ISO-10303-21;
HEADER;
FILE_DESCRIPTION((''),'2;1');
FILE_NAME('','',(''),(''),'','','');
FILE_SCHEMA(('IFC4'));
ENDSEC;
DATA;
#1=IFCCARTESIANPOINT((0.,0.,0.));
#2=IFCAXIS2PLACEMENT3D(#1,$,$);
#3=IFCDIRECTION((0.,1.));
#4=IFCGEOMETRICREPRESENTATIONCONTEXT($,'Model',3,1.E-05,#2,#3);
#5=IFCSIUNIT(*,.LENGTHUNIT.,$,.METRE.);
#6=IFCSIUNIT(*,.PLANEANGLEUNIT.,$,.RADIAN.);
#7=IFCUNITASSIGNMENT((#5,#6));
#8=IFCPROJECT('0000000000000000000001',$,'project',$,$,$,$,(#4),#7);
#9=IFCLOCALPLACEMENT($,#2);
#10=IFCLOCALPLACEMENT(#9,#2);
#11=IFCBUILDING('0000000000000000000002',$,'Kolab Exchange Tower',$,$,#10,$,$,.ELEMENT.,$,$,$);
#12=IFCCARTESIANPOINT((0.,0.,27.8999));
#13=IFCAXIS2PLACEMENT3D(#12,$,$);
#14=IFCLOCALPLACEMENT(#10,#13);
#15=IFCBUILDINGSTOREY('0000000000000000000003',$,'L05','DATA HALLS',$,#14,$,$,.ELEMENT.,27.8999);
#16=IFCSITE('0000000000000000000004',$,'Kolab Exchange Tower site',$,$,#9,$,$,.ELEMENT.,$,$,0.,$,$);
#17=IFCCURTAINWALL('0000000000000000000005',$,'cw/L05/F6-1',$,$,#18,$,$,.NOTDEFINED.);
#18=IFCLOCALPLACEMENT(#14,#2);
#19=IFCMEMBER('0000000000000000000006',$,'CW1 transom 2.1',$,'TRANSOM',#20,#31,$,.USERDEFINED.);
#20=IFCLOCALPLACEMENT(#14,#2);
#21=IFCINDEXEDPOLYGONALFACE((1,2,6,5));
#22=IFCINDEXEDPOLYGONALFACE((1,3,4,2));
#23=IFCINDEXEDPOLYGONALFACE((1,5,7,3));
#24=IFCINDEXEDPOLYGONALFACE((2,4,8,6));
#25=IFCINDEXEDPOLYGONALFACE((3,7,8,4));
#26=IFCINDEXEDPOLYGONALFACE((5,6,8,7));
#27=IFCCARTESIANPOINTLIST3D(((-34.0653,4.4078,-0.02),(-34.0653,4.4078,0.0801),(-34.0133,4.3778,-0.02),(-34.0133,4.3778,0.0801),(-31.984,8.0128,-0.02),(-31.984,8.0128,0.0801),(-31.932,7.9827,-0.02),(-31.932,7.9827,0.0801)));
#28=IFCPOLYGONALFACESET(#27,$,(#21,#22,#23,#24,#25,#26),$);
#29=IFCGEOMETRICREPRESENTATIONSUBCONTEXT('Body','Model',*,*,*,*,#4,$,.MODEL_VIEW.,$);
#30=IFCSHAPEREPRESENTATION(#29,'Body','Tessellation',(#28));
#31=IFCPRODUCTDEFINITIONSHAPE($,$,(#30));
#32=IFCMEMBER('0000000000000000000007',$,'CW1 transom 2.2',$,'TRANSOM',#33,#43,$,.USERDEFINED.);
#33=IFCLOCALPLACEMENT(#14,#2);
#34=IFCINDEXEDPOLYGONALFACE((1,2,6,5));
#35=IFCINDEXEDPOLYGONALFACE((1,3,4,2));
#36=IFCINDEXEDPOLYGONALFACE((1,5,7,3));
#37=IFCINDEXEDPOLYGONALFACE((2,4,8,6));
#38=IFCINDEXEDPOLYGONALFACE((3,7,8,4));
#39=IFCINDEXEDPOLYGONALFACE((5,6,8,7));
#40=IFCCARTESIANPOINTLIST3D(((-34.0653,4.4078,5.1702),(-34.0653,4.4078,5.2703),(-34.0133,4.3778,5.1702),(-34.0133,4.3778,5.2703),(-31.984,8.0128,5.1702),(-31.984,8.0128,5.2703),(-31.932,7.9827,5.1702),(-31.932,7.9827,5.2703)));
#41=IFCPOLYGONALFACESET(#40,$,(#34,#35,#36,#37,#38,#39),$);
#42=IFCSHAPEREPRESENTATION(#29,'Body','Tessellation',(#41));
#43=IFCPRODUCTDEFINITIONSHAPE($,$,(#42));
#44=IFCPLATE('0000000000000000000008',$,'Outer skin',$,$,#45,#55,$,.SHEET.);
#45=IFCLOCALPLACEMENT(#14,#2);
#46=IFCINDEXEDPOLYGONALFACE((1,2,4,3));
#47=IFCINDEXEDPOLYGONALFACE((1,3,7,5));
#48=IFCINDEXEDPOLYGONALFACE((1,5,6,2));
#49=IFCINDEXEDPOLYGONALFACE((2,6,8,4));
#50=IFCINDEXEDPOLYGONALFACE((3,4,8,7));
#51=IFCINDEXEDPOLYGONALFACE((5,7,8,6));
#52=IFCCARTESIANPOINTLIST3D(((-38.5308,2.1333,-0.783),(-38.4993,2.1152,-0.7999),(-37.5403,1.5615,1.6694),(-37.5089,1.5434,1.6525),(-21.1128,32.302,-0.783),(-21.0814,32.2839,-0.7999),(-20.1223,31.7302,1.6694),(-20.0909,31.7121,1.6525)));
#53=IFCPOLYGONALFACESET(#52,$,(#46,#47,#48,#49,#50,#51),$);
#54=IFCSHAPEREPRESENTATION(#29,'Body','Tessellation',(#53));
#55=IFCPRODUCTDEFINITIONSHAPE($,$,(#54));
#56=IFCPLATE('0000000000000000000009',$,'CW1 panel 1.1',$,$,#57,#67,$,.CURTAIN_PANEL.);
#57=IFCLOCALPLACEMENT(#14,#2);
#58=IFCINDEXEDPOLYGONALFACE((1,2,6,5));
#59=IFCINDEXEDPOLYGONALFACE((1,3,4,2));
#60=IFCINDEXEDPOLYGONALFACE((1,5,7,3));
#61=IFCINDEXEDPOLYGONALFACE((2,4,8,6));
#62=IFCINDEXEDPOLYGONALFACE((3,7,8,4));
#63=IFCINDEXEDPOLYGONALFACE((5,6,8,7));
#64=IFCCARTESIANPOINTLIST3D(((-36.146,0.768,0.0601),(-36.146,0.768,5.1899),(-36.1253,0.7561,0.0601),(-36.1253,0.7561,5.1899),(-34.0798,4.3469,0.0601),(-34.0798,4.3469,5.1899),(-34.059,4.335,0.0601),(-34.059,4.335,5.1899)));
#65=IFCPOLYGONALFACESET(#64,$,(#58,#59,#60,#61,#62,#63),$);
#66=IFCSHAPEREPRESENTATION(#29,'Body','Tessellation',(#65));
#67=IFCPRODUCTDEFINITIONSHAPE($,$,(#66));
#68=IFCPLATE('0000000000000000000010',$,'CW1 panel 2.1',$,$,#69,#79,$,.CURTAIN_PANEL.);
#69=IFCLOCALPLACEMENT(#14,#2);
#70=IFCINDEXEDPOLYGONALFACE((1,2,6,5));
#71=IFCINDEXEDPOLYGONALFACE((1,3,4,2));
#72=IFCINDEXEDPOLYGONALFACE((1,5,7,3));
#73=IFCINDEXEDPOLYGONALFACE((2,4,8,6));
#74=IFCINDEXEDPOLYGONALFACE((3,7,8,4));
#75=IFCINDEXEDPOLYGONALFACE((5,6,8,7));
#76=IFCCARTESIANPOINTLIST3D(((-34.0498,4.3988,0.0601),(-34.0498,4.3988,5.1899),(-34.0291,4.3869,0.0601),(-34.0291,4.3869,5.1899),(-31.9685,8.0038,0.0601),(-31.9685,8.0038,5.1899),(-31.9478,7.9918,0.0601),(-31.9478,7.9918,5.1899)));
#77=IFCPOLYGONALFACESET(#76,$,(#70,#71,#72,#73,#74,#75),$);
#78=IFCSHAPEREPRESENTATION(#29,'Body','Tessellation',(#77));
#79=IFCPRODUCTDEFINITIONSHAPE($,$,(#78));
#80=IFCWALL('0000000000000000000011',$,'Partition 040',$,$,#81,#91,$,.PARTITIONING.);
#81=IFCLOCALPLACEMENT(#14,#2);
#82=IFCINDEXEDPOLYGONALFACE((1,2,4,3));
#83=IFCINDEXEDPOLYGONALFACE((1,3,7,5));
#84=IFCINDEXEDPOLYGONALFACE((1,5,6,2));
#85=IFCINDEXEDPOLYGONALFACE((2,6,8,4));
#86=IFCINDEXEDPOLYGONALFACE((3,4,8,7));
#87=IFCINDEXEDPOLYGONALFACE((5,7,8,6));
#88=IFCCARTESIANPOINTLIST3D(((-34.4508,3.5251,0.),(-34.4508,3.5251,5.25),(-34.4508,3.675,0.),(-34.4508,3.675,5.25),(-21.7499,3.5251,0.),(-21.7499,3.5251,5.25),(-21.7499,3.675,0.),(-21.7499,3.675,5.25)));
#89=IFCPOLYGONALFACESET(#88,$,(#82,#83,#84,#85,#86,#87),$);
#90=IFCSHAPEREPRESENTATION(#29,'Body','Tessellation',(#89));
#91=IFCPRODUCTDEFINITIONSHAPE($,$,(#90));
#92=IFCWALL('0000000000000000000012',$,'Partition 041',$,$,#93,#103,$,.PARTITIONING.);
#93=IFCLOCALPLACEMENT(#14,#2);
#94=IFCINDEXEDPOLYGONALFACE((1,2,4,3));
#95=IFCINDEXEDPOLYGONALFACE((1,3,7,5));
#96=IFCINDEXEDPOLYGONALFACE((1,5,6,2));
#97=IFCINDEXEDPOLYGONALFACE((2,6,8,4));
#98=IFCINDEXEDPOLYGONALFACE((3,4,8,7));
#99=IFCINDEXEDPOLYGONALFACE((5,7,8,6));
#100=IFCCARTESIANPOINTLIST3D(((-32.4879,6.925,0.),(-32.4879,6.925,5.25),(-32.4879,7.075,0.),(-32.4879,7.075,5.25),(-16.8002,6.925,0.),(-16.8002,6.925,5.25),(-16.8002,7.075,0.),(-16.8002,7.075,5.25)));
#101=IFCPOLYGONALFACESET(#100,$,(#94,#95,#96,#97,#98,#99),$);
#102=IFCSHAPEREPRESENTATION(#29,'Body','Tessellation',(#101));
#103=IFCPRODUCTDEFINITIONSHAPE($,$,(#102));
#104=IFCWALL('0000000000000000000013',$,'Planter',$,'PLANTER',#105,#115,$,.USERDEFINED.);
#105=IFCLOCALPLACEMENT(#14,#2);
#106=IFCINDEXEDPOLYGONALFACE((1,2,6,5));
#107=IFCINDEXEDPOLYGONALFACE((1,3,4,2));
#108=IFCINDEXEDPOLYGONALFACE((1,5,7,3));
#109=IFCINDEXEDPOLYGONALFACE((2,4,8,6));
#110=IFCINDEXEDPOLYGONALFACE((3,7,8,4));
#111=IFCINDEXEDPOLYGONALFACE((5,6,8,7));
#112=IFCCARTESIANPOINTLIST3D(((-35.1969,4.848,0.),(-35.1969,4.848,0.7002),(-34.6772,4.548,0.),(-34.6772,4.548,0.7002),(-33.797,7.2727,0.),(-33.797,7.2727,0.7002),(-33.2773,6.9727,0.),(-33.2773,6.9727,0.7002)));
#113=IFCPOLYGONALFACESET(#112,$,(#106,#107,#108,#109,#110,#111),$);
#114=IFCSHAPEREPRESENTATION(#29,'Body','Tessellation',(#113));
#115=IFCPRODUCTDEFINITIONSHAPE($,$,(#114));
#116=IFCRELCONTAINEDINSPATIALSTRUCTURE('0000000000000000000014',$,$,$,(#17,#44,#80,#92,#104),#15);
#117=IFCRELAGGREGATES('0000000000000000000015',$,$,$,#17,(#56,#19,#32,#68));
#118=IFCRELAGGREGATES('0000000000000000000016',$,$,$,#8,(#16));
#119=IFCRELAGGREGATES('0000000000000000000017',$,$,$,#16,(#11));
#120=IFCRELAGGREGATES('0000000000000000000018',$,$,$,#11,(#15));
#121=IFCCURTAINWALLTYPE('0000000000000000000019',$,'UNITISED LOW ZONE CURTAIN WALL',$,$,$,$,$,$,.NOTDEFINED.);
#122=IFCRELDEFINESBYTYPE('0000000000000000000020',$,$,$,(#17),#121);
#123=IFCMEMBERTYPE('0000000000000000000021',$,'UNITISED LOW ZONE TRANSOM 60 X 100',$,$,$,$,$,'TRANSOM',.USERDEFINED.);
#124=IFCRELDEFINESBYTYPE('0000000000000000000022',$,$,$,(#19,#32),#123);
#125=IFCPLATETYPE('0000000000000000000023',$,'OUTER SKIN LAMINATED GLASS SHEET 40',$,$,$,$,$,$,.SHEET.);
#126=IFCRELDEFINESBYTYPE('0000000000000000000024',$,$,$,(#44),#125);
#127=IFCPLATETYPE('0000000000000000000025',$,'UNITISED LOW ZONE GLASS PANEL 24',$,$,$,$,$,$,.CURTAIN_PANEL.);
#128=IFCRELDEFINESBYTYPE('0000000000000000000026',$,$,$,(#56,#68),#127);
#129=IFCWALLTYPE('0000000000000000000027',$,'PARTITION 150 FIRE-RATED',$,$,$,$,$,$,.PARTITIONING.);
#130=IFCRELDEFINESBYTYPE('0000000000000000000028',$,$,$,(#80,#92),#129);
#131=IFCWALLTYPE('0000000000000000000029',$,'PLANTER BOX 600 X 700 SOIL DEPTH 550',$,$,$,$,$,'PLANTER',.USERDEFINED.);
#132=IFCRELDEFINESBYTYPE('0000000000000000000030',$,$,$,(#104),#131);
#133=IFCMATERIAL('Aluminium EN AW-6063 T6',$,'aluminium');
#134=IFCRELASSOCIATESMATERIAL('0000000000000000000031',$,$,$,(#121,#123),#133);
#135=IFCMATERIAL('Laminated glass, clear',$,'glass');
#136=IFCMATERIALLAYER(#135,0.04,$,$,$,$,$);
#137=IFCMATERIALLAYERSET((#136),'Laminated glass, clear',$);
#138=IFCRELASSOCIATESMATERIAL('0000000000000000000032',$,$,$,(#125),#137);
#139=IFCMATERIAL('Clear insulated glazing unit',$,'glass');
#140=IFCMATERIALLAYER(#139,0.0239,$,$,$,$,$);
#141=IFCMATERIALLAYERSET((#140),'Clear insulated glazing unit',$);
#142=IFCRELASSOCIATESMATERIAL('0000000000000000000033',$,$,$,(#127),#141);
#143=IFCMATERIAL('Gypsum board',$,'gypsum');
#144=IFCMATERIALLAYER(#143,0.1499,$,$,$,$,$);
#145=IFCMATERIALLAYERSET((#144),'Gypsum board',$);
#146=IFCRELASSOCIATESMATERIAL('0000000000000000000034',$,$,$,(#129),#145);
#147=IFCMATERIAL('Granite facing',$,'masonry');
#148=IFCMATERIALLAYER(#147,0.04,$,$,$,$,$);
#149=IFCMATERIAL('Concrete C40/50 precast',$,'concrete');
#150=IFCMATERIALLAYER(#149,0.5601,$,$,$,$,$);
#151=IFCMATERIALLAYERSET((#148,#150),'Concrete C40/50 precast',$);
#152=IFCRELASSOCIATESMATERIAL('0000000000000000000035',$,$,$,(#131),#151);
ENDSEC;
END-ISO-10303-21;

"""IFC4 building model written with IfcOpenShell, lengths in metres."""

from ifc_helpers import new_model, si_unit, direction, frame, frame_2d, origin, origin_2d, place, context, subcontext, project, spatial, polyline, rectangle, outline, extrude, material, layer, layer_set, material_profile, profile_set, type_object, element, aggregate, save


model = new_model("IFC4")

# Units and contexts
model_context = context("Model", 3, precision=1e-05, world=origin(), true_north=direction((0.0, 1.0)))
body_context = subcontext(model_context, "Body", "Model", "MODEL_VIEW")
ifc_project = project(units=[si_unit("LENGTHUNIT", "METRE"), si_unit("PLANEANGLEUNIT", "RADIAN")], contexts=[model_context])

# Site, building, storey
site_placement = place(None, origin())
site = spatial("IfcSite", under=ifc_project, at=site_placement, Name="Kolab Exchange Tower site", CompositionType="ELEMENT", RefElevation=0.0)
building_placement = place(site_placement, origin())
building = spatial("IfcBuilding", under=site, at=building_placement, Name="Kolab Exchange Tower", CompositionType="ELEMENT")
storey_placement = place(building_placement, frame((0.0, 0.0, 27.8999)))
storey = spatial("IfcBuildingStorey", under=building, at=storey_placement, Name="L05", Description="DATA HALLS", CompositionType="ELEMENT", Elevation=27.8999)

# Curtain wall
ifc_material_1 = material(Name="Aluminium EN AW-6063 T6", Category="aluminium")
curtain_wall_type = type_object("IfcCurtainWallType", Name="UNITISED LOW ZONE CURTAIN WALL", PredefinedType="NOTDEFINED", material=ifc_material_1)
curtain_wall_1_placement = place(storey_placement, origin())
curtain_wall_1 = element("IfcCurtainWall", 1, at=curtain_wall_1_placement, inside=storey, type_object=curtain_wall_type, Name="cw/L05/F6-1", PredefinedType="NOTDEFINED")

# Members
ifc_material_profile_1 = material_profile(ifc_material_1, rectangle(XDim=0.0601, YDim=0.1001, at=origin_2d()), Name="RECT 60X100")
ifc_profile_set_1 = profile_set([ifc_material_profile_1], Name="Aluminium EN AW-6063 T6")
member_type_1 = type_object("IfcMemberType", Name="UNITISED LOW ZONE TRANSOM 60 X 100", ElementType="TRANSOM", PredefinedType="USERDEFINED", material=ifc_profile_set_1)
member_1_placement = place(storey_placement, frame((-34.0393, 4.3928, 0.03), z_axis=(0.499993, 0.866029, 0.0), x_axis=(-0.866029, 0.499993, 0.0)))
member_1 = element("IfcMember", 2, at=member_1_placement, type_object=member_type_1, Name="CW1 transom 2.1", ObjectType="TRANSOM", PredefinedType="USERDEFINED", context=body_context, shape_type="SweptSolid", body=[
    extrude(rectangle(XDim=0.0601, YDim=0.1001, at=origin_2d()), origin(), (0.0, 0.0, 1.0), 4.1626),
])
member_2_placement = place(storey_placement, frame((-34.0393, 4.3928, 5.2202), z_axis=(0.499993, 0.866029, 0.0), x_axis=(-0.866029, 0.499993, 0.0)))
member_2 = element("IfcMember", 3, at=member_2_placement, type_object=member_type_1, Name="CW1 transom 2.2", ObjectType="TRANSOM", PredefinedType="USERDEFINED", context=body_context, shape_type="SweptSolid", body=[
    extrude(rectangle(XDim=0.0601, YDim=0.1001, at=origin_2d()), origin(), (0.0, 0.0, 1.0), 4.1626),
])

# Plates
ifc_material_2 = material(Name="Laminated glass, clear", Category="glass")
ifc_layer_1 = layer(ifc_material_2, 0.04)
ifc_layer_set_1 = layer_set([ifc_layer_1], Name="Laminated glass, clear")
plate_type_1 = type_object("IfcPlateType", Name="OUTER SKIN LAMINATED GLASS SHEET 40", PredefinedType="SHEET", material=ifc_layer_set_1)
plate_1_placement = place(storey_placement, frame((-38.5308, 2.1333, -0.783), z_axis=(-0.784873, 0.453148, 0.422648), x_axis=(0.500001, 0.866025, 0.0)))
element("IfcPlate", 4, at=plate_1_placement, inside=storey, type_object=plate_type_1, Name="Outer skin", PredefinedType="SHEET", context=body_context, shape_type="SweptSolid", body=[
    extrude(outline(polyline([(0.0, 0.0), (34.8358, 0.0), (34.8359, -2.706), (0.0001, -2.706), (0.0, 0.0)])), origin(), (0.0, 0.0, -1.0), 0.04),
])
ifc_material_3 = material(Name="Clear insulated glazing unit", Category="glass")
ifc_layer_2 = layer(ifc_material_3, 0.0239)
ifc_layer_set_2 = layer_set([ifc_layer_2], Name="Clear insulated glazing unit")
plate_type_2 = type_object("IfcPlateType", Name="UNITISED LOW ZONE GLASS PANEL 24", PredefinedType="CURTAIN_PANEL", material=ifc_layer_set_2)
plate_2_placement = place(storey_placement, frame((-35.1025, 2.5515, 0.0601), z_axis=(0.0, 0.0, 1.0), x_axis=(0.5, 0.866025, 0.0)))
plate_2 = element("IfcPlate", 5, at=plate_2_placement, type_object=plate_type_2, Name="CW1 panel 1.1", PredefinedType="CURTAIN_PANEL", context=body_context, shape_type="SweptSolid", body=[
    extrude(rectangle(XDim=4.1326, YDim=0.0239, at=origin_2d()), origin(), (0.0, 0.0, 1.0), 5.1299),
])
plate_3_placement = place(storey_placement, frame((-32.9988, 6.1953, 0.0601), z_axis=(0.0, 0.0, 1.0), x_axis=(0.5, 0.866025, 0.0)))
plate_3 = element("IfcPlate", 6, at=plate_3_placement, type_object=plate_type_2, Name="CW1 panel 2.1", PredefinedType="CURTAIN_PANEL", context=body_context, shape_type="SweptSolid", body=[
    extrude(rectangle(XDim=4.1626, YDim=0.0239, at=origin_2d()), origin(), (0.0, 0.0, 1.0), 5.1299),
])
aggregate(curtain_wall_1, [plate_2, member_1, member_2, plate_3])

# Walls
ifc_material_4 = material(Name="Gypsum board", Category="gypsum")
ifc_layer_3 = layer(ifc_material_4, 0.1499)
ifc_layer_set_3 = layer_set([ifc_layer_3], Name="Gypsum board")
wall_type_1 = type_object("IfcWallType", Name="PARTITION 150 FIRE-RATED", PredefinedType="PARTITIONING", material=ifc_layer_set_3)
wall_1_placement = place(storey_placement, frame((-34.4509, 3.6001, 0.0), z_axis=(0.0, 0.0, 1.0), x_axis=(1.0, 0.0, 0.0)))
element("IfcWall", 7, at=wall_1_placement, inside=storey, type_object=wall_type_1, Name="Partition 040", PredefinedType="PARTITIONING", context=body_context, shape_type="SweptSolid", body=[
    extrude(rectangle(XDim=12.7009, YDim=0.1499, at=frame_2d((6.3506, 0.0))), origin(), (0.0, 0.0, 1.0), 5.25),
])
wall_2_placement = place(storey_placement, frame((-32.4878, 7.0, 0.0), z_axis=(0.0, 0.0, 1.0), x_axis=(1.0, 0.0, 0.0)))
element("IfcWall", 8, at=wall_2_placement, inside=storey, type_object=wall_type_1, Name="Partition 041", PredefinedType="PARTITIONING", context=body_context, shape_type="SweptSolid", body=[
    extrude(rectangle(XDim=15.6877, YDim=0.1499, at=frame_2d((7.8438, 0.0))), origin(), (0.0, 0.0, 1.0), 5.25),
])
ifc_material_5 = material(Name="Granite facing", Category="masonry")
ifc_layer_4 = layer(ifc_material_5, 0.04)
ifc_material_6 = material(Name="Concrete C40/50 precast", Category="concrete")
ifc_layer_5 = layer(ifc_material_6, 0.5601)
ifc_layer_set_4 = layer_set([ifc_layer_4, ifc_layer_5], Name="Concrete C40/50 precast")
wall_type_2 = type_object("IfcWallType", Name="PLANTER BOX 600 X 700 SOIL DEPTH 550", ElementType="PLANTER", PredefinedType="USERDEFINED", material=ifc_layer_set_4)
wall_3_placement = place(storey_placement, frame((-34.937, 4.698, 0.0), z_axis=(0.0, 0.0, 1.0), x_axis=(0.499984, 0.866035, 0.0)))
element("IfcWall", 9, at=wall_3_placement, inside=storey, type_object=wall_type_2, Name="Planter", ObjectType="PLANTER", PredefinedType="USERDEFINED", context=body_context, shape_type="SweptSolid", body=[
    extrude(rectangle(XDim=2.7998, YDim=0.6001, at=frame_2d((1.3999, 0.0))), origin(), (0.0, 0.0, 1.0), 0.7002),
])

save(model, "model.ifc")
